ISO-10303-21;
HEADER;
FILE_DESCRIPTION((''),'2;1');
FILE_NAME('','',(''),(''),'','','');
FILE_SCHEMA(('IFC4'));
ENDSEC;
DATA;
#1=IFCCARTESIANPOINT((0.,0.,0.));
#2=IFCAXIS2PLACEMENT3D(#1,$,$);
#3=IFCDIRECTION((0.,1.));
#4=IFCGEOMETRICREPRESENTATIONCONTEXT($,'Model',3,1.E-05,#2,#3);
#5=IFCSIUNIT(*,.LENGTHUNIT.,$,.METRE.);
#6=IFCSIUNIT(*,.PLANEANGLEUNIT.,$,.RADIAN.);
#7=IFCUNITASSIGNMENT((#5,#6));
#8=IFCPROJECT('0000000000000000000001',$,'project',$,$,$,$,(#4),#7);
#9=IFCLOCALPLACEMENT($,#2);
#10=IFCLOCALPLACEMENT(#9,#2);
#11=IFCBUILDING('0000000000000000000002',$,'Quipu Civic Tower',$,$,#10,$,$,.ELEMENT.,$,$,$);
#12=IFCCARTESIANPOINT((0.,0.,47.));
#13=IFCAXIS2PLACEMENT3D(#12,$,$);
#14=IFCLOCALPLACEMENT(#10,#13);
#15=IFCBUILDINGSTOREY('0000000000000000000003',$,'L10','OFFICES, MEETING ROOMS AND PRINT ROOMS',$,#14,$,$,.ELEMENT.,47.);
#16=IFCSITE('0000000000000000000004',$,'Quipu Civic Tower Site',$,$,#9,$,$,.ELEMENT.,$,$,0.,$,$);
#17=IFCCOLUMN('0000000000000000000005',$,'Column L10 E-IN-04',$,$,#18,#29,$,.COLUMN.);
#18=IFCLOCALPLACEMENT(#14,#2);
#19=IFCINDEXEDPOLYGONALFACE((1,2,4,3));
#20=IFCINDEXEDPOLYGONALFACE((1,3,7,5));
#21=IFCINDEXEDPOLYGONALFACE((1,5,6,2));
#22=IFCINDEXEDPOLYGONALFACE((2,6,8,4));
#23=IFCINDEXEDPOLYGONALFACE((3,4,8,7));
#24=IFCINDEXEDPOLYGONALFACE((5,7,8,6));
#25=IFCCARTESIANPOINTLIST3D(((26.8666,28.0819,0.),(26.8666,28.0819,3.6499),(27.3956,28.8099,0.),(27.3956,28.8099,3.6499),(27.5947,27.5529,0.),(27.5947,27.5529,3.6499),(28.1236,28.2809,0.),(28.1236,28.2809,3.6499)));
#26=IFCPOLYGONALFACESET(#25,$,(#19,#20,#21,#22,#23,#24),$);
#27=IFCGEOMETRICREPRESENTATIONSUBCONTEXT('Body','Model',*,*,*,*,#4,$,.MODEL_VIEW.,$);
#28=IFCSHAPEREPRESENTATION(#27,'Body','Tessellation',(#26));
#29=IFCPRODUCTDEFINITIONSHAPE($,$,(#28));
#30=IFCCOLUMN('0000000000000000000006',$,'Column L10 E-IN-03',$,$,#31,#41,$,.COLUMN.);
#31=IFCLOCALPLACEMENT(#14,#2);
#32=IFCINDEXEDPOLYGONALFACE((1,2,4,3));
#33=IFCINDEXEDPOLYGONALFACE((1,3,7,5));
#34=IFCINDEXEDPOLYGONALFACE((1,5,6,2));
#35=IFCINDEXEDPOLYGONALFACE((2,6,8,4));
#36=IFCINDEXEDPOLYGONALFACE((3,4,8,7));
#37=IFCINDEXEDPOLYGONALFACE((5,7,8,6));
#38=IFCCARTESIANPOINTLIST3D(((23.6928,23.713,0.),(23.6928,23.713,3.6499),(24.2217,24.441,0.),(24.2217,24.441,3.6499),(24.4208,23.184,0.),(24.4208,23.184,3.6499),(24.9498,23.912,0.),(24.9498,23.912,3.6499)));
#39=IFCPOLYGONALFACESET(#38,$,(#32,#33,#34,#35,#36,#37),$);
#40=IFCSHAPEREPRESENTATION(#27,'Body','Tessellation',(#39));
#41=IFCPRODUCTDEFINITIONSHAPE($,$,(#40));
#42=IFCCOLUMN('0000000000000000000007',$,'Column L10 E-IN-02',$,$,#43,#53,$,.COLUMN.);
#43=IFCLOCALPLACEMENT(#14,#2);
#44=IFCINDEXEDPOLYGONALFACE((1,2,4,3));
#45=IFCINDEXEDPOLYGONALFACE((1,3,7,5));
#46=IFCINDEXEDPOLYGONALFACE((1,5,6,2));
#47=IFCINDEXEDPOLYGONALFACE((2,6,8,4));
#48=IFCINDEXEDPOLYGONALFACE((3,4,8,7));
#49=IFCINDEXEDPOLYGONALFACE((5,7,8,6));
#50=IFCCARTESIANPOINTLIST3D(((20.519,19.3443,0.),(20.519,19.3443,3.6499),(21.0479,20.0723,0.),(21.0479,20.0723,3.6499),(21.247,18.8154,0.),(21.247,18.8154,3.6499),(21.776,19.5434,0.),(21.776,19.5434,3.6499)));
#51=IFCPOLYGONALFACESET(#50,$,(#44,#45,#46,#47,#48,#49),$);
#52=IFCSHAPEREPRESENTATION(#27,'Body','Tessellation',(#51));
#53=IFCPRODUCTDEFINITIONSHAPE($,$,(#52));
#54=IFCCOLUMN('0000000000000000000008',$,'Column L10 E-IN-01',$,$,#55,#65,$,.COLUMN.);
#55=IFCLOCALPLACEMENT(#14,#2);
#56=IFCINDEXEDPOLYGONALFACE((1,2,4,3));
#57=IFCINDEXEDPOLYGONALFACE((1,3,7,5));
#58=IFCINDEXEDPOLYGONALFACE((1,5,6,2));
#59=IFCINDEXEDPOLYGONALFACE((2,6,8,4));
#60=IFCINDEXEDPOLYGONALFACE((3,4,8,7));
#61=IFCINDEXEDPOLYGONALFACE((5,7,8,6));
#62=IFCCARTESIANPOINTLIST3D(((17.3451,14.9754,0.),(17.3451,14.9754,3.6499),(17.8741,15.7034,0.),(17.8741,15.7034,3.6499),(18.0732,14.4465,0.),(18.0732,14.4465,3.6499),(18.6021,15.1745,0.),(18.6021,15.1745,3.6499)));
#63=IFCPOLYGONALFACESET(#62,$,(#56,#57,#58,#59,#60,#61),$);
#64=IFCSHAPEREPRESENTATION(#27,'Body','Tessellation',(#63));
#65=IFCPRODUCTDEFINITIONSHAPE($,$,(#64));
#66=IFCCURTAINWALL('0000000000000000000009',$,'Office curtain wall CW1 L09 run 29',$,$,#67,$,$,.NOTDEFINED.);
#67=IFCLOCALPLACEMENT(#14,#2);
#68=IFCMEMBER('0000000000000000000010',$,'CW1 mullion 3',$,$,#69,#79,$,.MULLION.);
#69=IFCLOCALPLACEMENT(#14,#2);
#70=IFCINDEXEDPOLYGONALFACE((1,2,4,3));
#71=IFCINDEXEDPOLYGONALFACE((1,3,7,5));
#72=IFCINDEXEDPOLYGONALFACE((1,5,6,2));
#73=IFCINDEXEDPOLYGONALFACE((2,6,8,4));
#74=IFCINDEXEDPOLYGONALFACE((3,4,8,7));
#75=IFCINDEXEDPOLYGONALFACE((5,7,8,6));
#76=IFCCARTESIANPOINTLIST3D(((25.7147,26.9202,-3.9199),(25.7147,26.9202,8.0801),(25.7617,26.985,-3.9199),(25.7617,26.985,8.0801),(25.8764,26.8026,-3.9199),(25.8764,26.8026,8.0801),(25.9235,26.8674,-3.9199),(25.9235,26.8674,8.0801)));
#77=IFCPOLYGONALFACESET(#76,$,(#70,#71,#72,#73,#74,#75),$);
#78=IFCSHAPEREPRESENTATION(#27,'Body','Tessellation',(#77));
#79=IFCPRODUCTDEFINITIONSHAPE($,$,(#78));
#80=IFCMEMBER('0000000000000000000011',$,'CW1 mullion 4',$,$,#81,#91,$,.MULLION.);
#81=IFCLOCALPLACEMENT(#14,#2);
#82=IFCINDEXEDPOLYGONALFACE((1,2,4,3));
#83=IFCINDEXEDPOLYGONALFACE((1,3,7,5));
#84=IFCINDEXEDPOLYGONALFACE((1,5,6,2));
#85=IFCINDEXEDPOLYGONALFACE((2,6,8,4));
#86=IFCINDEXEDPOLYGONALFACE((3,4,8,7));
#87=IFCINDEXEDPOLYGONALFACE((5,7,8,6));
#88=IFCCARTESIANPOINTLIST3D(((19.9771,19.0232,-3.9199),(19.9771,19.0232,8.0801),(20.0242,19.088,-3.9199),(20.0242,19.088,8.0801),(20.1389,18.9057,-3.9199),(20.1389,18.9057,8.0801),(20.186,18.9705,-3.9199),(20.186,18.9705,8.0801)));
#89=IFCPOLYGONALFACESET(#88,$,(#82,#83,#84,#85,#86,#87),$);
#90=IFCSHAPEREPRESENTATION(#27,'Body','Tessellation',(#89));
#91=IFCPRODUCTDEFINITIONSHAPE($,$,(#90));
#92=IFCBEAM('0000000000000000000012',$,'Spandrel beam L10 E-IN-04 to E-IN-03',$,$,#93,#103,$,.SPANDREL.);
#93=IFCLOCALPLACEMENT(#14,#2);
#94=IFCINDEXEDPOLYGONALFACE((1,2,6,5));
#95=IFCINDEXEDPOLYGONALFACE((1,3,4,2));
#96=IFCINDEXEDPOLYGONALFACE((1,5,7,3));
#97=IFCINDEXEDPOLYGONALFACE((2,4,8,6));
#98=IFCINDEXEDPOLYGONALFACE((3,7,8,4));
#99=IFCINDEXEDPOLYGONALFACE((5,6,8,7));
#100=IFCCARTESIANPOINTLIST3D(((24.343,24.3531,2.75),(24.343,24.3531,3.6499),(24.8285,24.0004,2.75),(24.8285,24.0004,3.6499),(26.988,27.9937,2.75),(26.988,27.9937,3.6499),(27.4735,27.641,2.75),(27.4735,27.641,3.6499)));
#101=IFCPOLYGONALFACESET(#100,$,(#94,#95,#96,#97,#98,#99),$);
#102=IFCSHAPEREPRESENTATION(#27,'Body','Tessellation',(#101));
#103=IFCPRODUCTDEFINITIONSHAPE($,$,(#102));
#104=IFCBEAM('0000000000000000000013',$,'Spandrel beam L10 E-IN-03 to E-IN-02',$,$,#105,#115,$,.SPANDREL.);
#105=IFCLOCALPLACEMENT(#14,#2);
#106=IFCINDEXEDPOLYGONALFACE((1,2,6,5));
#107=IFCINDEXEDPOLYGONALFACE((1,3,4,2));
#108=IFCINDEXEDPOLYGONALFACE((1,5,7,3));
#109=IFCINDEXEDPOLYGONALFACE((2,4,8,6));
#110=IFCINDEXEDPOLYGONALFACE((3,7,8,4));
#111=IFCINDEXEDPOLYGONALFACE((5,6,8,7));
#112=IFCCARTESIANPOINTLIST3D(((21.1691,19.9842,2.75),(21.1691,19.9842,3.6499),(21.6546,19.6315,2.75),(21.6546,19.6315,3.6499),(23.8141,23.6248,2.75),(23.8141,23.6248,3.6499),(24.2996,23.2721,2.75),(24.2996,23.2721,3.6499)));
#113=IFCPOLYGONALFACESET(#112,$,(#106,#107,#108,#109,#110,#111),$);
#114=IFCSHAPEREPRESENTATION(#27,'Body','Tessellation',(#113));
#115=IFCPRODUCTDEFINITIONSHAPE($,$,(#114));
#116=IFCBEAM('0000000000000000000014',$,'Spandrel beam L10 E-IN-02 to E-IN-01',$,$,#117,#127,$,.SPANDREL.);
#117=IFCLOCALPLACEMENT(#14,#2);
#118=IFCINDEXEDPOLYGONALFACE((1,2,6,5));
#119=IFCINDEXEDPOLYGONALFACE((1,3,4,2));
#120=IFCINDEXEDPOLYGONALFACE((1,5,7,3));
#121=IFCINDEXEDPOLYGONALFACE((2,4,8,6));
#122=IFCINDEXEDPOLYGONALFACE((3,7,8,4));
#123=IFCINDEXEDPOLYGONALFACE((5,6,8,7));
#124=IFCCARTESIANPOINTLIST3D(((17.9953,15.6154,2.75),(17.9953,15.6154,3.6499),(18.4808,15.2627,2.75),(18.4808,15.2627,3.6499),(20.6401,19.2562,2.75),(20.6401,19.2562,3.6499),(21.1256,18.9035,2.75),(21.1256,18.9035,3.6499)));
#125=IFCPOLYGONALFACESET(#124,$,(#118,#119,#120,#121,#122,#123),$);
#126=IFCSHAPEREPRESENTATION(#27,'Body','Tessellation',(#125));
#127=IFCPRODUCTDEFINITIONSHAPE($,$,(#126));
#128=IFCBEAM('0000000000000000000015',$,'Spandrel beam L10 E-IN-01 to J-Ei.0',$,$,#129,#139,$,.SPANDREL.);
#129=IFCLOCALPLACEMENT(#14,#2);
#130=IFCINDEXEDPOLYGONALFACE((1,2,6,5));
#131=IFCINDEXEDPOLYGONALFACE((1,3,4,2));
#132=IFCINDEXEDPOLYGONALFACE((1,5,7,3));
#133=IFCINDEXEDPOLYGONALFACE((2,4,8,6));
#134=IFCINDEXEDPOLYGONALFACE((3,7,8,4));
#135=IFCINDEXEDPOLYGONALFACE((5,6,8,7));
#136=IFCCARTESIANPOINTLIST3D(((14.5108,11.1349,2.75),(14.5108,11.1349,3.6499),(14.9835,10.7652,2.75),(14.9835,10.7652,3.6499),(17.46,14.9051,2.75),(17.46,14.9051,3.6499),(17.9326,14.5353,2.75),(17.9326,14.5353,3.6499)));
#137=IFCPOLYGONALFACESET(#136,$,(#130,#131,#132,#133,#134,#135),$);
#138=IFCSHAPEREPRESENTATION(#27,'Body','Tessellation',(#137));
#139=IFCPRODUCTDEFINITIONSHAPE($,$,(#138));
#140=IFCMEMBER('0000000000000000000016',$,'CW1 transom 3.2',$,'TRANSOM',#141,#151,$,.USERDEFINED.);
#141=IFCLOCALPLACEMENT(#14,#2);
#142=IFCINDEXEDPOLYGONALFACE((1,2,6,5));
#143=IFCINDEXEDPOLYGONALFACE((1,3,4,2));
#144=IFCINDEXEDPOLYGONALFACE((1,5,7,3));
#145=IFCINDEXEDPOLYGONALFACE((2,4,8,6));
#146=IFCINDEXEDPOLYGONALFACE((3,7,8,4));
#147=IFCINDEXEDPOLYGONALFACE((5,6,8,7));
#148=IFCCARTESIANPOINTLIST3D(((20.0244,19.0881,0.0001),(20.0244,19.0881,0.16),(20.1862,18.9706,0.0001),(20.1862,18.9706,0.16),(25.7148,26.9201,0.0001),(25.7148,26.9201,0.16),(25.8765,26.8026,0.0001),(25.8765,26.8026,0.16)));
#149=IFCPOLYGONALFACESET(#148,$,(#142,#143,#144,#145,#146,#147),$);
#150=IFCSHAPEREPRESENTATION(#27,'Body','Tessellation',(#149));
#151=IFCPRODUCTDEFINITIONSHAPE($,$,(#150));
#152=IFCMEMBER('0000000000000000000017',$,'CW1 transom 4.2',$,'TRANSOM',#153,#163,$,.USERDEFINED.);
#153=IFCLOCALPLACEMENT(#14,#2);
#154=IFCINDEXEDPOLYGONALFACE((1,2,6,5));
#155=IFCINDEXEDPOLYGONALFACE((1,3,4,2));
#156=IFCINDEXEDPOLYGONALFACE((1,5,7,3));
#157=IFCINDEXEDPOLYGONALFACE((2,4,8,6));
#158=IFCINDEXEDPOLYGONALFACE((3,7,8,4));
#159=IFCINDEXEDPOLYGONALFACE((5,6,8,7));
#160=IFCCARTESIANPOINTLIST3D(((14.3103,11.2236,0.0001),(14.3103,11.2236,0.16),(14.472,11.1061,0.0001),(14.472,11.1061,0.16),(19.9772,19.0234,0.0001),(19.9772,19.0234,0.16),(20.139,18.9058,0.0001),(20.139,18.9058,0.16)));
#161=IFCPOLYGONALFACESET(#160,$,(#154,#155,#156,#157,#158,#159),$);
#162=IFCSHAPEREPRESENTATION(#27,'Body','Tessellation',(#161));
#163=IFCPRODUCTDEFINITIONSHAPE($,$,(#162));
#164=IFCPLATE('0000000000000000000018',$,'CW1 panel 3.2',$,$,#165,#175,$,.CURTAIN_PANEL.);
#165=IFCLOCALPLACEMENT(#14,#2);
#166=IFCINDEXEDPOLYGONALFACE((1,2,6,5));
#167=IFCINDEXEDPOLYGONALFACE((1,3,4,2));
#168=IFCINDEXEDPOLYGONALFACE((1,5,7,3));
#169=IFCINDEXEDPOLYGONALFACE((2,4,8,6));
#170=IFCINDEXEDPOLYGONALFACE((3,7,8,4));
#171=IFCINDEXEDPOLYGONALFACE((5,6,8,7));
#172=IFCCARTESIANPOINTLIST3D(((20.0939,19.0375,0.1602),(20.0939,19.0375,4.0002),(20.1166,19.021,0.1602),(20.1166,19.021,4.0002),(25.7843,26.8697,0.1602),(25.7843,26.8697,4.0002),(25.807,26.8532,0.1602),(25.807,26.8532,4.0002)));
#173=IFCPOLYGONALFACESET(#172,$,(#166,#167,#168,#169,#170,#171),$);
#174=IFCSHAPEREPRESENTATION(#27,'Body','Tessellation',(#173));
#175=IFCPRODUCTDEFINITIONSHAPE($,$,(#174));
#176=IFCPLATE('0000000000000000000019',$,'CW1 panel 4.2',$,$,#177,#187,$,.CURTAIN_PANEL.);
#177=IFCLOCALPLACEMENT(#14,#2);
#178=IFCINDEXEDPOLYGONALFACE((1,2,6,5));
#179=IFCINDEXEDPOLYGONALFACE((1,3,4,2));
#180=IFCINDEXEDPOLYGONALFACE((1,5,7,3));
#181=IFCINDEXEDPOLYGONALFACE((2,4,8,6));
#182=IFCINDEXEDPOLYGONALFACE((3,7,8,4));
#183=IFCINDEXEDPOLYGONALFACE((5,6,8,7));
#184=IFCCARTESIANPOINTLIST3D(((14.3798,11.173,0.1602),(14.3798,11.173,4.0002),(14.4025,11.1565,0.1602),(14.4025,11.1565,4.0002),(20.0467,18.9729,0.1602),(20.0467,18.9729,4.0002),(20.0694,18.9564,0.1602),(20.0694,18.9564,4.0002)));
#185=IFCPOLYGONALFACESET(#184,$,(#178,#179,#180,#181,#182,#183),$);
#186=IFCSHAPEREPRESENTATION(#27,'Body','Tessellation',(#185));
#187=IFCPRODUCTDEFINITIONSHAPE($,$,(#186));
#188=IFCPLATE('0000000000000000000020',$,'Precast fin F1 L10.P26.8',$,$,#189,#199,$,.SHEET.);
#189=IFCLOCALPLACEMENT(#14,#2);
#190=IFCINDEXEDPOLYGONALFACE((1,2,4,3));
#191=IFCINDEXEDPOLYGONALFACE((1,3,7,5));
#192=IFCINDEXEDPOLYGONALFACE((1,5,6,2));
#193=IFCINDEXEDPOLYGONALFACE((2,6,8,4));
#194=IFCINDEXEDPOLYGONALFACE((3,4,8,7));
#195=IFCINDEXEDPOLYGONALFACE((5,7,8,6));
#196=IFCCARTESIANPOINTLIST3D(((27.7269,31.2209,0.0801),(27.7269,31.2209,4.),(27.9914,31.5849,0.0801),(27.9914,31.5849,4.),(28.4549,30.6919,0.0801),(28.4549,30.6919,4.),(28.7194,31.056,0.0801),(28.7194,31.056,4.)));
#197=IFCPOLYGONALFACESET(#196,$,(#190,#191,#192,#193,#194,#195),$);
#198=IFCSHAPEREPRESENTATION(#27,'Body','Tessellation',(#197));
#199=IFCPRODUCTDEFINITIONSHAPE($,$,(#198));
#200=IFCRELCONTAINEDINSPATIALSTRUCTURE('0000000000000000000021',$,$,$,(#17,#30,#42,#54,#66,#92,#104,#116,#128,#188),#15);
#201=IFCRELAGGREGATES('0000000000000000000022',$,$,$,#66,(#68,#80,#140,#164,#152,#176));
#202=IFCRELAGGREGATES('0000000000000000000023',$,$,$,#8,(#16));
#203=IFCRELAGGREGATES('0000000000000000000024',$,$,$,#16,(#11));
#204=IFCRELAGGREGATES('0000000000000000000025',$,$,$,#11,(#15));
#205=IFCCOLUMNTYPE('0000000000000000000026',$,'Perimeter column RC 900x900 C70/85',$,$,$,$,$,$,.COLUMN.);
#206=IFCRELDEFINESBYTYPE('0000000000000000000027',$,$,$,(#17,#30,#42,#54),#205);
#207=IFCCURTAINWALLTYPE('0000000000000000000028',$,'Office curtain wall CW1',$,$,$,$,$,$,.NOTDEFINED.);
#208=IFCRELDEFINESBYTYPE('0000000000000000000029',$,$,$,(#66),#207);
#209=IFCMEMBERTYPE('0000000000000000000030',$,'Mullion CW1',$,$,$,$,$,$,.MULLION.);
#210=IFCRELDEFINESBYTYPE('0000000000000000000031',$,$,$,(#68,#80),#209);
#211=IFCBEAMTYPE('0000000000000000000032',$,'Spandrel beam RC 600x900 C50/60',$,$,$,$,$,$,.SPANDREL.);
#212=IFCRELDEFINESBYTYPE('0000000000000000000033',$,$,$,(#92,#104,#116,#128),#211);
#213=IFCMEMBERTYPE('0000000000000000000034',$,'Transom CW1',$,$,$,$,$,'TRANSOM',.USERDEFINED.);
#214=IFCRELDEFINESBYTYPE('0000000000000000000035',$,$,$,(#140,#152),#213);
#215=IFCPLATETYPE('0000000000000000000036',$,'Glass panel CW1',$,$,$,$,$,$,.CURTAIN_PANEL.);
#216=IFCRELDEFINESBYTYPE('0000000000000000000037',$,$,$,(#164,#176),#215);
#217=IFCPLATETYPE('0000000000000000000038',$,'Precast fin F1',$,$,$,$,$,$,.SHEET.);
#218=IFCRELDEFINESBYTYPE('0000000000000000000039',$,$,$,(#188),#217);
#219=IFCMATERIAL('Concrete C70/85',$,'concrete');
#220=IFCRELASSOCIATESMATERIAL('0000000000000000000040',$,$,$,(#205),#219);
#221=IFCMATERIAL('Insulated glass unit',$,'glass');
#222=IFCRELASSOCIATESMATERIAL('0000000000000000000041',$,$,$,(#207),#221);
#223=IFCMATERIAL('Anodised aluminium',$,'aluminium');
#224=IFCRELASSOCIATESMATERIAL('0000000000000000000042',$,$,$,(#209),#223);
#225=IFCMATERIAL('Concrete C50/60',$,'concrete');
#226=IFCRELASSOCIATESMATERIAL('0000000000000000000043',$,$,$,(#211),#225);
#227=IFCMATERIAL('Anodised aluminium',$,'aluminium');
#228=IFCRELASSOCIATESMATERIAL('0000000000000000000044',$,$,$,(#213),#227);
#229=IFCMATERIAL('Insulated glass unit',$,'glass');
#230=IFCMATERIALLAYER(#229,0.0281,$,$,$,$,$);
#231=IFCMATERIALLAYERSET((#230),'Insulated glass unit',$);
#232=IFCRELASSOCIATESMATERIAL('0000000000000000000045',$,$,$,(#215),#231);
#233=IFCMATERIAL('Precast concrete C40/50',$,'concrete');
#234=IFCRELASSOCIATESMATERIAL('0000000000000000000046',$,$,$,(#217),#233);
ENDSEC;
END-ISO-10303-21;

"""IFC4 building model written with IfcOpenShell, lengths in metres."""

from ifc_helpers import new_model, si_unit, direction, frame, origin, origin_2d, place, context, subcontext, project, spatial, rectangle, extrude, material, layer, layer_set, material_profile, profile_set, type_object, element, aggregate, save


model = new_model("IFC4")

# Units and contexts
model_context = context("Model", 3, precision=1e-05, world=origin(), true_north=direction((0.0, 1.0)))
body_context = subcontext(model_context, "Body", "Model", "MODEL_VIEW")
ifc_project = project(units=[si_unit("LENGTHUNIT", "METRE"), si_unit("PLANEANGLEUNIT", "RADIAN")], contexts=[model_context])

# Site, building, storey
site_placement = place(None, origin())
site = spatial("IfcSite", under=ifc_project, at=site_placement, Name="Quipu Civic Tower Site", CompositionType="ELEMENT", RefElevation=0.0)
building_placement = place(site_placement, origin())
building = spatial("IfcBuilding", under=site, at=building_placement, Name="Quipu Civic Tower", CompositionType="ELEMENT")
storey_placement = place(building_placement, frame((0.0, 0.0, 47.0)))
storey = spatial("IfcBuildingStorey", under=building, at=storey_placement, Name="L10", Description="OFFICES, MEETING ROOMS AND PRINT ROOMS", CompositionType="ELEMENT", Elevation=47.0)

# Columns
ifc_material_1 = material(Name="Concrete C70/85", Category="concrete")
ifc_material_profile_1 = material_profile(ifc_material_1, rectangle(XDim=0.8999, YDim=0.8999, at=origin_2d()), Name="RC900x900")
ifc_profile_set_1 = profile_set([ifc_material_profile_1], Name="Concrete C70/85")
column_type = type_object("IfcColumnType", Name="Perimeter column RC 900x900 C70/85", PredefinedType="COLUMN", material=ifc_profile_set_1)
for number, where, z_axis, x_axis, name in (
    (1, (27.4951, 28.1814, 0.0), (0.0, 0.0, 1.0), (-0.587785, -0.809017, 0.0), "Column L10 E-IN-04"),
    (2, (24.3213, 23.8125, 0.0), (0.0, 0.0, 1.0), (-0.587785, -0.809017, 0.0), "Column L10 E-IN-03"),
    (3, (21.1475, 19.4438, 0.0), (0.0, 0.0, 1.0), (-0.587785, -0.809017, 0.0), "Column L10 E-IN-02"),
    (4, (17.9736, 15.075, 0.0), (0.0, 0.0, 1.0), (-0.587785, -0.809017, 0.0), "Column L10 E-IN-01"),
):
    element("IfcColumn", number, at=place(storey_placement, frame(where, z_axis=z_axis, x_axis=x_axis)), inside=storey, type_object=column_type, Name=name, PredefinedType="COLUMN", context=body_context, shape_type="SweptSolid", body=[
        extrude(rectangle(XDim=0.8999, YDim=0.8999, at=origin_2d()), origin(), (0.0, 0.0, 1.0), 3.6499),
    ])

# Curtain wall, members
ifc_material_2 = material(Name="Insulated glass unit", Category="glass")
curtain_wall_type = type_object("IfcCurtainWallType", Name="Office curtain wall CW1", PredefinedType="NOTDEFINED", material=ifc_material_2)
curtain_wall_placement = place(storey_placement, origin())
curtain_wall = element("IfcCurtainWall", 5, at=curtain_wall_placement, inside=storey, type_object=curtain_wall_type, Name="Office curtain wall CW1 L09 run 29", PredefinedType="NOTDEFINED")
ifc_material_3 = material(Name="Anodised aluminium", Category="aluminium")
ifc_material_profile_2 = material_profile(ifc_material_3, rectangle(XDim=0.2, YDim=0.0801, at=origin_2d()), Name="RECT 200x80")
ifc_profile_set_2 = profile_set([ifc_material_profile_2], Name="Anodised aluminium")
member_type_1 = type_object("IfcMemberType", Name="Mullion CW1", PredefinedType="MULLION", material=ifc_profile_set_2)
member_1_placement = place(storey_placement, frame((25.8191, 26.8938, -3.9199), z_axis=(0.0, 0.0, 1.0), x_axis=(0.809017, -0.587786, 0.0)))
member_1 = element("IfcMember", 6, at=member_1_placement, type_object=member_type_1, Name="CW1 mullion 3", PredefinedType="MULLION", context=body_context, shape_type="SweptSolid", body=[
    extrude(rectangle(XDim=0.2, YDim=0.0801, at=origin_2d()), origin(), (0.0, 0.0, 1.0), 12.0),
])
member_2_placement = place(storey_placement, frame((20.0815, 18.9968, -3.9199), z_axis=(0.0, 0.0, 1.0), x_axis=(0.809017, -0.587786, 0.0)))
member_2 = element("IfcMember", 7, at=member_2_placement, type_object=member_type_1, Name="CW1 mullion 4", PredefinedType="MULLION", context=body_context, shape_type="SweptSolid", body=[
    extrude(rectangle(XDim=0.2, YDim=0.0801, at=origin_2d()), origin(), (0.0, 0.0, 1.0), 12.0),
])

# Beams
ifc_material_4 = material(Name="Concrete C50/60", Category="concrete")
ifc_material_profile_3 = material_profile(ifc_material_4, rectangle(XDim=0.6001, YDim=0.8999, at=origin_2d()), Name="RC600x900")
ifc_profile_set_3 = profile_set([ifc_material_profile_3], Name="Concrete C50/60")
beam_type = type_object("IfcBeamType", Name="Spandrel beam RC 600x900 C50/60", PredefinedType="SPANDREL", material=ifc_profile_set_3)
for number, where, z_axis, x_axis, name in (
    (8, (27.2307, 27.8174, 3.2), (-0.587778, -0.809022, 0.0), (0.809022, -0.587778, 0.0), "Spandrel beam L10 E-IN-04 to E-IN-03"),
    (9, (24.0569, 23.4485, 3.2), (-0.587778, -0.809022, 0.0), (0.809022, -0.587778, 0.0), "Spandrel beam L10 E-IN-03 to E-IN-02"),
    (10, (20.8828, 19.0798, 3.2), (-0.587717, -0.809067, 0.0), (0.809067, -0.587717, 0.0), "Spandrel beam L10 E-IN-02 to E-IN-01"),
):
    element("IfcBeam", number, at=place(storey_placement, frame(where, z_axis=z_axis, x_axis=x_axis)), inside=storey, type_object=beam_type, Name=name, PredefinedType="SPANDREL", context=body_context, shape_type="SweptSolid", body=[
        extrude(rectangle(XDim=0.6001, YDim=0.8999, at=origin_2d()), origin(), (0.0, 0.0, 1.0), 4.5),
    ])
beam_placement = place(storey_placement, frame((17.6963, 14.7202, 3.2), z_axis=(-0.616124, -0.787649, 0.0), x_axis=(0.787649, -0.616124, 0.0)))
element("IfcBeam", 11, at=beam_placement, inside=storey, type_object=beam_type, Name="Spandrel beam L10 E-IN-01 to J-Ei.0", PredefinedType="SPANDREL", context=body_context, shape_type="SweptSolid", body=[
    extrude(rectangle(XDim=0.6001, YDim=0.8999, at=origin_2d()), origin(), (0.0, 0.0, 1.0), 4.7866),
])

# Members
ifc_material_5 = material(Name="Anodised aluminium", Category="aluminium")
ifc_material_profile_4 = material_profile(ifc_material_5, rectangle(XDim=0.2, YDim=0.1599, at=origin_2d()), Name="RECT 200x160")
ifc_profile_set_4 = profile_set([ifc_material_profile_4], Name="Anodised aluminium")
member_type_2 = type_object("IfcMemberType", Name="Transom CW1", ElementType="TRANSOM", PredefinedType="USERDEFINED", material=ifc_profile_set_4)
member_3_placement = place(storey_placement, frame((25.7957, 26.8613, 0.0801), z_axis=(-0.587794, -0.809011, 0.0), x_axis=(0.809011, -0.587794, 0.0)))
member_3 = element("IfcMember", 12, at=member_3_placement, type_object=member_type_2, Name="CW1 transom 3.2", ObjectType="TRANSOM", PredefinedType="USERDEFINED", context=body_context, shape_type="SweptSolid", body=[
    extrude(rectangle(XDim=0.2, YDim=0.1599, at=origin_2d()), origin(), (0.0, 0.0, 1.0), 9.6809),
])
member_4_placement = place(storey_placement, frame((20.0581, 18.9646, 0.0801), z_axis=(-0.587792, -0.809012, 0.0), x_axis=(0.809012, -0.587792, 0.0)))
member_4 = element("IfcMember", 13, at=member_4_placement, type_object=member_type_2, Name="CW1 transom 4.2", ObjectType="TRANSOM", PredefinedType="USERDEFINED", context=body_context, shape_type="SweptSolid", body=[
    extrude(rectangle(XDim=0.2, YDim=0.1599, at=origin_2d()), origin(), (0.0, 0.0, 1.0), 9.6411),
])

# Plates
ifc_material_6 = material(Name="Insulated glass unit", Category="glass")
ifc_layer_1 = layer(ifc_material_6, 0.0281)
ifc_layer_set_1 = layer_set([ifc_layer_1], Name="Insulated glass unit")
plate_type_1 = type_object("IfcPlateType", Name="Glass panel CW1", PredefinedType="CURTAIN_PANEL", material=ifc_layer_set_1)
plate_1_placement = place(storey_placement, frame((22.9504, 22.9453, 0.1602), z_axis=(0.0, 0.0, 1.0), x_axis=(-0.587786, -0.809017, 0.0)))
plate_1 = element("IfcPlate", 14, at=plate_1_placement, type_object=plate_type_1, Name="CW1 panel 3.2", PredefinedType="CURTAIN_PANEL", context=body_context, shape_type="SweptSolid", body=[
    extrude(rectangle(XDim=9.6812, YDim=0.0281, at=origin_2d()), origin(), (0.0, 0.0, 1.0), 3.8401),
])
plate_2_placement = place(storey_placement, frame((17.2246, 15.0647, 0.1602), z_axis=(0.0, 0.0, 1.0), x_axis=(-0.587786, -0.809017, 0.0)))
plate_2 = element("IfcPlate", 15, at=plate_2_placement, type_object=plate_type_1, Name="CW1 panel 4.2", PredefinedType="CURTAIN_PANEL", context=body_context, shape_type="SweptSolid", body=[
    extrude(rectangle(XDim=9.6411, YDim=0.0281, at=origin_2d()), origin(), (0.0, 0.0, 1.0), 3.8401),
])
aggregate(curtain_wall, [member_1, member_2, member_3, plate_1, member_4, plate_2])

# Plate
ifc_material_7 = material(Name="Precast concrete C40/50", Category="concrete")
plate_type_2 = type_object("IfcPlateType", Name="Precast fin F1", PredefinedType="SHEET", material=ifc_material_7)
for number, where, z_axis, x_axis, name in (
    (16, (28.2231, 31.1384, 0.0801), (0.0, 0.0, 1.0), (-0.587785, -0.809017, 0.0), "Precast fin F1 L10.P26.8"),
):
    element("IfcPlate", number, at=place(storey_placement, frame(where, z_axis=z_axis, x_axis=x_axis)), inside=storey, type_object=plate_type_2, Name=name, PredefinedType="SHEET", context=body_context, shape_type="SweptSolid", body=[
        extrude(rectangle(XDim=0.45, YDim=0.8999, at=origin_2d()), origin(), (0.0, 0.0, 1.0), 3.9199),
    ])

save(model, "model.ifc")
